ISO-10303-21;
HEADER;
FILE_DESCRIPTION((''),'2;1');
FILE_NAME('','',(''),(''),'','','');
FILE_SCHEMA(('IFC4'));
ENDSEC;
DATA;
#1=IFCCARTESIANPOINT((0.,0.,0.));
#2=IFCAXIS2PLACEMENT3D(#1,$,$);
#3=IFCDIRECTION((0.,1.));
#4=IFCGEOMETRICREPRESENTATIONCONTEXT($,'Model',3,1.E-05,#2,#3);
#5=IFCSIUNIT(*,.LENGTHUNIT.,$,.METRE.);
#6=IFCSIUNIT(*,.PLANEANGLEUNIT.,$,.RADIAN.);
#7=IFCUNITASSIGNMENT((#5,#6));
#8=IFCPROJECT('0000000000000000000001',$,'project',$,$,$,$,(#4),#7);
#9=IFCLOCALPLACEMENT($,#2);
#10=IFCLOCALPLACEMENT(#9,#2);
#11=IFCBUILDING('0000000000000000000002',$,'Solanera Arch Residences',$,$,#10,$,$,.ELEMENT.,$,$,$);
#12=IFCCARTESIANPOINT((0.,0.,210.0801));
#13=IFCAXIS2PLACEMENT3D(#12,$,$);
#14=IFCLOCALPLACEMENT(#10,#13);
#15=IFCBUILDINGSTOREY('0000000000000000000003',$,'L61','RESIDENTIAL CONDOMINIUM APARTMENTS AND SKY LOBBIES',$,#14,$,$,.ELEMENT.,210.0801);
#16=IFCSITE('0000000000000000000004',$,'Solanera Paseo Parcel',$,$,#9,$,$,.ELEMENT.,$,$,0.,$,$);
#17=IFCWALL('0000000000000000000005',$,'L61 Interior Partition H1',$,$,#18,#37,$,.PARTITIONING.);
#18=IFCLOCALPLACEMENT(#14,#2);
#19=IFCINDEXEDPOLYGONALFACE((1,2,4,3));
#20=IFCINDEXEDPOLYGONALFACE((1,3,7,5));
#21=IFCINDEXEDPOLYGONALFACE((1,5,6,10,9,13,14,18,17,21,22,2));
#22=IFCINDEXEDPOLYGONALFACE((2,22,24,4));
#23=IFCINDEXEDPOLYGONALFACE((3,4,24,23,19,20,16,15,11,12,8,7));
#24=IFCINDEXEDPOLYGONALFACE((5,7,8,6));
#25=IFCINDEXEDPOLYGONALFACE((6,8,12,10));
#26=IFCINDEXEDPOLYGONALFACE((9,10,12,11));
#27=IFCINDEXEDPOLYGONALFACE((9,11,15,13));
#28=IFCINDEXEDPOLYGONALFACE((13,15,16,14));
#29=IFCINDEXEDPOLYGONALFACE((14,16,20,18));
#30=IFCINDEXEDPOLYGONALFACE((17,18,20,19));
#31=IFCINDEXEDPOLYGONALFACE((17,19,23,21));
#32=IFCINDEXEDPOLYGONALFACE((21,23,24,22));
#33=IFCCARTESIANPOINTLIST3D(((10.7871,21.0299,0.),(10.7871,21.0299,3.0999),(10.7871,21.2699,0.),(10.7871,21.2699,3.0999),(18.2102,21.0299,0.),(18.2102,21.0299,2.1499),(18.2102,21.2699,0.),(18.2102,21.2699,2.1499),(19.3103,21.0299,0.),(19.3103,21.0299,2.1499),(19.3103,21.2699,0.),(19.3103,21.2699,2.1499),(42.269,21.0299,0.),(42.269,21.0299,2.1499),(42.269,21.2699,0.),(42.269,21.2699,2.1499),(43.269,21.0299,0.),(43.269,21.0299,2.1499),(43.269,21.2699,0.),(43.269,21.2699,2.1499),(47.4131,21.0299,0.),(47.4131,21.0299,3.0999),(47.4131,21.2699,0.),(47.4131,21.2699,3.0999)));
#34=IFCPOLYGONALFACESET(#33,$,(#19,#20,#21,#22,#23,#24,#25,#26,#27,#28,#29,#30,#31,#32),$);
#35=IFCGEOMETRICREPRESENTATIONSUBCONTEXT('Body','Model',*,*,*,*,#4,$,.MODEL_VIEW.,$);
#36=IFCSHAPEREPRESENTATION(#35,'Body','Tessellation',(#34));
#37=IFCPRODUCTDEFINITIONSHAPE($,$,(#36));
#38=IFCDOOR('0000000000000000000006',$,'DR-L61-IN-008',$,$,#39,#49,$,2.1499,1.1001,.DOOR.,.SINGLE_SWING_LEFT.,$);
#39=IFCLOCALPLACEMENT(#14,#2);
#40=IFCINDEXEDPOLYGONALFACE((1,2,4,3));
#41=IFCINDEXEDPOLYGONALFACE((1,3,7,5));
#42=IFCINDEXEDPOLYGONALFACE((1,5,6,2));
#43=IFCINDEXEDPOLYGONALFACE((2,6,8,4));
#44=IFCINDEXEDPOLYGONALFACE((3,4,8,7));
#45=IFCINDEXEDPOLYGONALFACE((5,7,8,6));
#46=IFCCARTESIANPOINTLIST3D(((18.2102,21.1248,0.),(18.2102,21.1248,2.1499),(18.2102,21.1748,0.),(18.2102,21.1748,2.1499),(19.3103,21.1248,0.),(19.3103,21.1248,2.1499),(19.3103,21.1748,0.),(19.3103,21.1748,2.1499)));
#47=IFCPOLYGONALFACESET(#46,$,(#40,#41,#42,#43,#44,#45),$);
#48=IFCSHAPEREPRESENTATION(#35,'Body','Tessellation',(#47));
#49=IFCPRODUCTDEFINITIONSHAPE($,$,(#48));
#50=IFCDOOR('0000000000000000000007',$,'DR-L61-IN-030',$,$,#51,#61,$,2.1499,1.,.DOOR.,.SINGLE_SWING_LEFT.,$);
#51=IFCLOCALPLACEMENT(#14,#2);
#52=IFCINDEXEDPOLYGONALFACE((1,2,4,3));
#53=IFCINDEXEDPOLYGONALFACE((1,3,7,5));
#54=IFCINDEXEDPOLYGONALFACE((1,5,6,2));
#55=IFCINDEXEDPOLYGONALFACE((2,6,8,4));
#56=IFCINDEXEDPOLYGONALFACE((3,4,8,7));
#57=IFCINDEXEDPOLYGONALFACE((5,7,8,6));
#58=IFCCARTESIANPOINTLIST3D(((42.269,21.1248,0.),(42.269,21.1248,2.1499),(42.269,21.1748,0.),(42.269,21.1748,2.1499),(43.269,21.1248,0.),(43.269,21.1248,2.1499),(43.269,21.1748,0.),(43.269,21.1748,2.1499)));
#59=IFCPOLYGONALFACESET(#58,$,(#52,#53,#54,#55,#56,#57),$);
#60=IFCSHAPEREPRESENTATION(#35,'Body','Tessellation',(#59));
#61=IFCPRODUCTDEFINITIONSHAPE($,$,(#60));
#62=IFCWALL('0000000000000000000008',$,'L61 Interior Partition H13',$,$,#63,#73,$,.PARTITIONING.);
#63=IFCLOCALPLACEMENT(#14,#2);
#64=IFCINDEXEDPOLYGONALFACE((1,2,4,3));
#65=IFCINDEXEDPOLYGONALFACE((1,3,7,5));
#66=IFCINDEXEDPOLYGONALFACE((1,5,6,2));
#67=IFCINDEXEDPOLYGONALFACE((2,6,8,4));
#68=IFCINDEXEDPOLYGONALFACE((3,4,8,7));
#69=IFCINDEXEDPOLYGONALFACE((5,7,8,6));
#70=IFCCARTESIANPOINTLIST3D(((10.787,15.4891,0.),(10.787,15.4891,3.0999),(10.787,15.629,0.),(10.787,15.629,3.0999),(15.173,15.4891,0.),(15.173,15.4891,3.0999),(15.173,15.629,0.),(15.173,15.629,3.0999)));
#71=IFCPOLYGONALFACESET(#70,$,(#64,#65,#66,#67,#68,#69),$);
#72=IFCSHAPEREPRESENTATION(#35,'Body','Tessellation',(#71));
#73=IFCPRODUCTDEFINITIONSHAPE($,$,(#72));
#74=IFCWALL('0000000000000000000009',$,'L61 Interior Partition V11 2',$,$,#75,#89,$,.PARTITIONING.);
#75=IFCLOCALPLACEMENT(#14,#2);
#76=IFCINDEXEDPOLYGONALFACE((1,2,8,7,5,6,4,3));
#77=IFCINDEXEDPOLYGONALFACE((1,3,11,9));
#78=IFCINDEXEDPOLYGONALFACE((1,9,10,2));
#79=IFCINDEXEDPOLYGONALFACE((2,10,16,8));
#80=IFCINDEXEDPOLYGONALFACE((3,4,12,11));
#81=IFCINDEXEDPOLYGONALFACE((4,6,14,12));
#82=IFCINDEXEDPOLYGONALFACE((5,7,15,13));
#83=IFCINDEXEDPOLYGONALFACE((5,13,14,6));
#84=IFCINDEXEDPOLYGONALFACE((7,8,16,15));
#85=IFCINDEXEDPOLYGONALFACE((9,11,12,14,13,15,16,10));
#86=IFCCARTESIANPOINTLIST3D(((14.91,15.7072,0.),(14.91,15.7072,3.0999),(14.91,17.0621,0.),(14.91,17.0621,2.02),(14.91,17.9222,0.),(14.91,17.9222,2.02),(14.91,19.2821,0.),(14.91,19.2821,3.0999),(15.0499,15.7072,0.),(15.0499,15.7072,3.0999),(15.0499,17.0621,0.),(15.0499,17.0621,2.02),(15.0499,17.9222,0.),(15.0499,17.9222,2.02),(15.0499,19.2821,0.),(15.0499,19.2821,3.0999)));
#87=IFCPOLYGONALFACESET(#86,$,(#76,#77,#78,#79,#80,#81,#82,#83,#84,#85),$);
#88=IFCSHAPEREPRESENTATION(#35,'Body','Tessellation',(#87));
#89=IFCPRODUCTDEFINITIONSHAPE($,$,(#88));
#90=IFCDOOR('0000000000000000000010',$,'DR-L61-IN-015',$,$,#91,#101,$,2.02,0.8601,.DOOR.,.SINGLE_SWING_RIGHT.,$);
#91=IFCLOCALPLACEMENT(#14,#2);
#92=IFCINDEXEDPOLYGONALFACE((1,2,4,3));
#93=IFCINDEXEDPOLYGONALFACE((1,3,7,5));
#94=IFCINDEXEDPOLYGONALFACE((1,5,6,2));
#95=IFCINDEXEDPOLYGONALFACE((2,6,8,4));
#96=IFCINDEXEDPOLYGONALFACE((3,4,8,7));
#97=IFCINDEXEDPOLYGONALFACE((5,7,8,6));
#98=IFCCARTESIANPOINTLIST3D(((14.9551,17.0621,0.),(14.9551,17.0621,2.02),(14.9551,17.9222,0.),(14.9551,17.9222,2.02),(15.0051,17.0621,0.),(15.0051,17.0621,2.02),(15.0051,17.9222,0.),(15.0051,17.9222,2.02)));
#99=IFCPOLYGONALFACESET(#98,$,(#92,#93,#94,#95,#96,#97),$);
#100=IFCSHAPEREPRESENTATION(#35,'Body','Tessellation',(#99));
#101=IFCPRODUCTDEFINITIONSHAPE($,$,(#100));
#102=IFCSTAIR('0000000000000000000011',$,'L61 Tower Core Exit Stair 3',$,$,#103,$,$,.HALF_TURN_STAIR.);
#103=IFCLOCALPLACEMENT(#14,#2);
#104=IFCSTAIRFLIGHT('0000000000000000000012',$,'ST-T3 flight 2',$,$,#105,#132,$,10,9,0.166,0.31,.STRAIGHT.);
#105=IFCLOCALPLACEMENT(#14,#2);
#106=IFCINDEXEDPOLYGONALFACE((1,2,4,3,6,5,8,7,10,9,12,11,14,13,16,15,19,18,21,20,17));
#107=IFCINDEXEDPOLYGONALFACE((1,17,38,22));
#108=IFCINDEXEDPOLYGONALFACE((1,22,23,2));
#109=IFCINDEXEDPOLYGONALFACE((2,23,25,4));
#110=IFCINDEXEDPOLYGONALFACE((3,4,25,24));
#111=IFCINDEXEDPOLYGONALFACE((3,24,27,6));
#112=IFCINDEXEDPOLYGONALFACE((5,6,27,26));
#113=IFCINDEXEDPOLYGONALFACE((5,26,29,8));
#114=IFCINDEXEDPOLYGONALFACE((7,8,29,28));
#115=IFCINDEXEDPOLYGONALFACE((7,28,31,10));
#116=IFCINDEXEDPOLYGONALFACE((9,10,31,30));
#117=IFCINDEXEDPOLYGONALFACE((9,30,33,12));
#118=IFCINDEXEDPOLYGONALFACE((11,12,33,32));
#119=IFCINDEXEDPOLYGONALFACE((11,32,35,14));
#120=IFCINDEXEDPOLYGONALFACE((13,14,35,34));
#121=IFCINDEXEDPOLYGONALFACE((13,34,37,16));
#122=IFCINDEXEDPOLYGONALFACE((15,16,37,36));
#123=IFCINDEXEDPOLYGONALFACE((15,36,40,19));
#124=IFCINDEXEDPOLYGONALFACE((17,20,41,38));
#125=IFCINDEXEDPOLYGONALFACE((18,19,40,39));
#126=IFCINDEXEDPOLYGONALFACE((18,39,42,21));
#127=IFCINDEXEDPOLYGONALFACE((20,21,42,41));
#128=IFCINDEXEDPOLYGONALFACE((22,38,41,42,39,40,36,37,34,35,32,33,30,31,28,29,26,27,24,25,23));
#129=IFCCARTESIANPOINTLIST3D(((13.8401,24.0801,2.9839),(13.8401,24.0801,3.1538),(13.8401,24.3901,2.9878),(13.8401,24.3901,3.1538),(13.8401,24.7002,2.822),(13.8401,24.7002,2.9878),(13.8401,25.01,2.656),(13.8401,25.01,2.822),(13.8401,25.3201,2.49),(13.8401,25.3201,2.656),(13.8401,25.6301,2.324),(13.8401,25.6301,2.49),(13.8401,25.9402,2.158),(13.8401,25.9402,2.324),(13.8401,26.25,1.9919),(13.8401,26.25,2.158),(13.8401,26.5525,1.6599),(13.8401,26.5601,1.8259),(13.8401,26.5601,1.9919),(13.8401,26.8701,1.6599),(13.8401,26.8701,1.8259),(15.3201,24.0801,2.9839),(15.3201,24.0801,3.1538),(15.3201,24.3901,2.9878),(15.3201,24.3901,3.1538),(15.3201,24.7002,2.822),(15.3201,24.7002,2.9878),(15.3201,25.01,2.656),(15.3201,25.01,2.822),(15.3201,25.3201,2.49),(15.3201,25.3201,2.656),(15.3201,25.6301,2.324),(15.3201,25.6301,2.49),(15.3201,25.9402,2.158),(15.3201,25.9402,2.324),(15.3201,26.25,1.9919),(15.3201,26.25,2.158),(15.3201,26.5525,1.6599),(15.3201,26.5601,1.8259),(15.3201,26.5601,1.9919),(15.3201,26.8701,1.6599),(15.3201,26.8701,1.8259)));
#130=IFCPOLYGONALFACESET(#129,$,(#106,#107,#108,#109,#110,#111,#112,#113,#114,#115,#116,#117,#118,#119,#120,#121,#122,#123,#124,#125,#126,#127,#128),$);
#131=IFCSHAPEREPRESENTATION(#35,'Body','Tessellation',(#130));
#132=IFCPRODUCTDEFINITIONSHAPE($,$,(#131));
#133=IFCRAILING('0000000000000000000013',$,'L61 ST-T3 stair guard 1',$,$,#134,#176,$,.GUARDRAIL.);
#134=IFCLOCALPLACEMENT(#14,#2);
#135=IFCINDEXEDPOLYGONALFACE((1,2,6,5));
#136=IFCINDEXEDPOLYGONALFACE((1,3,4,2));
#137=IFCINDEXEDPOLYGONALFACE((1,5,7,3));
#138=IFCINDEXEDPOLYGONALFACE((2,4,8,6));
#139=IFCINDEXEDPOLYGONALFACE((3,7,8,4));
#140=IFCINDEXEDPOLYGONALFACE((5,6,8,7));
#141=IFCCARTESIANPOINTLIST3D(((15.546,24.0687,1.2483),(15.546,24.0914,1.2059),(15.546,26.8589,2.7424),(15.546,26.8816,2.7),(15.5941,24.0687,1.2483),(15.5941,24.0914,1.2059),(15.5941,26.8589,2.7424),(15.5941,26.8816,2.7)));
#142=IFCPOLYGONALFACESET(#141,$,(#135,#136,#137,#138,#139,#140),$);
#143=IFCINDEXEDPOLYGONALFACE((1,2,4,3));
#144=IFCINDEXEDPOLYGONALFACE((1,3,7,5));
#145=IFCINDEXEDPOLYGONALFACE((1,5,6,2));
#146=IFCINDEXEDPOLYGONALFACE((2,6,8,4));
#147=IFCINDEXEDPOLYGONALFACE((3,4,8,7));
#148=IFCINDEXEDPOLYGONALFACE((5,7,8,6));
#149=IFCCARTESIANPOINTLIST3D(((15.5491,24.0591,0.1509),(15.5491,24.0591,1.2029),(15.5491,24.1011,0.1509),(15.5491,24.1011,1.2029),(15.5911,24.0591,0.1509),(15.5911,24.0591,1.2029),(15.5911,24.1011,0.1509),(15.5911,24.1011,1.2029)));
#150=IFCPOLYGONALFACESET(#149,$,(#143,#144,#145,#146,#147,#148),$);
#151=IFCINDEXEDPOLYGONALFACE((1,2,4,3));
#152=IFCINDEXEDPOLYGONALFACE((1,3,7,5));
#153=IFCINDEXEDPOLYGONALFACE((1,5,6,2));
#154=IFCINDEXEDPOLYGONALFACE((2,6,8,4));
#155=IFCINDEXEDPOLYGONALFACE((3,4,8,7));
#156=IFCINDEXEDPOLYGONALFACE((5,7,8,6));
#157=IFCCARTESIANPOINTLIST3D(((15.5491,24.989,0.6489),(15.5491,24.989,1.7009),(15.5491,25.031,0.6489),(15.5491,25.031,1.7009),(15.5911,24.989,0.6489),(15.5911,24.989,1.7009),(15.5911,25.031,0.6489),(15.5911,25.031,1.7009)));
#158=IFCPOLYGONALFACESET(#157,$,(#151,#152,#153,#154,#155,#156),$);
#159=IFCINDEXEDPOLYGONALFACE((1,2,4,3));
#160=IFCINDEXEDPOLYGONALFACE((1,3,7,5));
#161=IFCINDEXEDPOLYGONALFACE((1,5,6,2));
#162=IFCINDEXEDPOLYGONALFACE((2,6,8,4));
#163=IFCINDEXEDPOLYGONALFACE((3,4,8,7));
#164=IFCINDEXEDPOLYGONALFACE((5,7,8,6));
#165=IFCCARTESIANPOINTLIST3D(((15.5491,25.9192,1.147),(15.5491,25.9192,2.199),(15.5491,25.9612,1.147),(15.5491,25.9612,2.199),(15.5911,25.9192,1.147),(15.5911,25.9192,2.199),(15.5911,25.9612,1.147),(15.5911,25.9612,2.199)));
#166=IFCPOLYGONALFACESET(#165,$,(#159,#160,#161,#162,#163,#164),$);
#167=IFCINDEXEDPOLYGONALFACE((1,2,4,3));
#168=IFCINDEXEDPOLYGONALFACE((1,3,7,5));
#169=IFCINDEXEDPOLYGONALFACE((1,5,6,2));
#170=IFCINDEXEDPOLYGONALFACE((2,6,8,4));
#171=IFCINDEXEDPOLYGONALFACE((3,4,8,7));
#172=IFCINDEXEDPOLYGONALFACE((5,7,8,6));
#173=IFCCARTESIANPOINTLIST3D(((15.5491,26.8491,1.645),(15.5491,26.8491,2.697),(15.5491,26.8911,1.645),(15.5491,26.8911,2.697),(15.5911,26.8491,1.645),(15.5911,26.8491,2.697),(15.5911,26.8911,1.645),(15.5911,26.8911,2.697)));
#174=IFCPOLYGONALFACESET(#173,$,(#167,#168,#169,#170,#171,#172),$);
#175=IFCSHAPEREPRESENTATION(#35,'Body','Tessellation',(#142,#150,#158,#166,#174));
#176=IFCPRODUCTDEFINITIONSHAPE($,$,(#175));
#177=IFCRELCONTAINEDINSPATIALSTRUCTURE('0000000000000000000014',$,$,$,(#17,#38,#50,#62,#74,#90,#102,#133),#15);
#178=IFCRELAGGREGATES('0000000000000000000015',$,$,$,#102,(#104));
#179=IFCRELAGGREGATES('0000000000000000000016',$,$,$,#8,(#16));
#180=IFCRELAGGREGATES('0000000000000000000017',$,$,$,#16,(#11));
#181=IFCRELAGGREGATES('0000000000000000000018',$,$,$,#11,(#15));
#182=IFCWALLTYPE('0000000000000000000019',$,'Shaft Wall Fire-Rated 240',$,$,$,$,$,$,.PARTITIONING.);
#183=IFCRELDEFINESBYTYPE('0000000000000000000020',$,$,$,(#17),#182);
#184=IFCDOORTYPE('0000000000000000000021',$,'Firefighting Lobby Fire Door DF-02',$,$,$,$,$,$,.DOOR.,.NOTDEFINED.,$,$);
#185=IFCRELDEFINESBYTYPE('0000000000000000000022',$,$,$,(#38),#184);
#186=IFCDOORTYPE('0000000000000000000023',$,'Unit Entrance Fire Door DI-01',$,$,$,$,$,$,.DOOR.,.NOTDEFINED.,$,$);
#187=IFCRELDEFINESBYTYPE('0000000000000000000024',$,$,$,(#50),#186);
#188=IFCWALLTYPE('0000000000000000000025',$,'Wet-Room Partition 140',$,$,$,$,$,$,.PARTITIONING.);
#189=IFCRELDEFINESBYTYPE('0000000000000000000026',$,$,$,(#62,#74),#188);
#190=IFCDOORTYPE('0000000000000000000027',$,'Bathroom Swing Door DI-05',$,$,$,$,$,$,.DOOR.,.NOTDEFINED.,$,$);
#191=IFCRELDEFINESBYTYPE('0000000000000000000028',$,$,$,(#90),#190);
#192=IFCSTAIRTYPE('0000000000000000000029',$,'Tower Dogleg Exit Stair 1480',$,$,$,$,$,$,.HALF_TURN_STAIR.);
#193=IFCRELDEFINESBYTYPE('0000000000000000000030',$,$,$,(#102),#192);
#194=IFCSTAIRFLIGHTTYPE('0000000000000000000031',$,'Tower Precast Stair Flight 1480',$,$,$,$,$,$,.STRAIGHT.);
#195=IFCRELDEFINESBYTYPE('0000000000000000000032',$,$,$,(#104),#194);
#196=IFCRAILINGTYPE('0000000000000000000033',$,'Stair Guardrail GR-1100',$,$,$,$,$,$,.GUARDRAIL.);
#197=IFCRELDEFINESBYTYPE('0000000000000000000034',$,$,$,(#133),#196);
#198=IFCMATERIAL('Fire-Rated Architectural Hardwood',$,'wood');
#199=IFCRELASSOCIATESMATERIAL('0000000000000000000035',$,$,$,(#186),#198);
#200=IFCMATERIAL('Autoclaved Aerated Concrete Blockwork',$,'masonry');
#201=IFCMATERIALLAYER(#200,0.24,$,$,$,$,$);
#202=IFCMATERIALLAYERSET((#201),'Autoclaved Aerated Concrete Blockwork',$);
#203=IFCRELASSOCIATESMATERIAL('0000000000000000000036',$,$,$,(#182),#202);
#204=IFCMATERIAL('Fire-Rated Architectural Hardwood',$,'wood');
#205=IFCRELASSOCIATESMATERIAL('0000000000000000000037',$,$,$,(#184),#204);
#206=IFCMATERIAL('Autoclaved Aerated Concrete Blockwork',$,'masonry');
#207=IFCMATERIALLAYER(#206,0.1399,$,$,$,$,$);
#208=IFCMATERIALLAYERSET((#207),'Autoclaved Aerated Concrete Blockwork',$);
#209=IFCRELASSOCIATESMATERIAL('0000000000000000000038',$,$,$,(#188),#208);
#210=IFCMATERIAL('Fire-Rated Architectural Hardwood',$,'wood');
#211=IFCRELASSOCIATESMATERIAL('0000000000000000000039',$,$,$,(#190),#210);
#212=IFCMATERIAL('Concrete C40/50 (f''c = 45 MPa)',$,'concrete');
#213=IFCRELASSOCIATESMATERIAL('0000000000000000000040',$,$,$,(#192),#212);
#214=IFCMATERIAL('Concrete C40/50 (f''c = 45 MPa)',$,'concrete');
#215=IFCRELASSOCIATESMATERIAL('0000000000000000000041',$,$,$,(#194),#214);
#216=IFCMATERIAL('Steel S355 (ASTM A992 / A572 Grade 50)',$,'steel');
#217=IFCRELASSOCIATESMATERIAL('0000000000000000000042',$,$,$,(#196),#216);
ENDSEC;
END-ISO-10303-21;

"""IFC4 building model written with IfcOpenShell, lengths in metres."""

from ifc_helpers import new_model, si_unit, direction, frame, frame_2d, origin, origin_2d, place, context, subcontext, project, spatial, polyline, rectangle, outline, extrude, material, layer, layer_set, type_object, element, fill, aggregate, save


model = new_model("IFC4")

# Units and contexts
model_context = context("Model", 3, precision=1e-05, world=origin(), true_north=direction((0.0, 1.0)))
body_context = subcontext(model_context, "Body", "Model", "MODEL_VIEW")
ifc_project = project(units=[si_unit("LENGTHUNIT", "METRE"), si_unit("PLANEANGLEUNIT", "RADIAN")], contexts=[model_context])

# Site, building, storey
site_placement = place(None, origin())
site = spatial("IfcSite", under=ifc_project, at=site_placement, Name="Solanera Paseo Parcel", CompositionType="ELEMENT", RefElevation=0.0)
building_placement = place(site_placement, origin())
building = spatial("IfcBuilding", under=site, at=building_placement, Name="Solanera Arch Residences", CompositionType="ELEMENT")
storey_placement = place(building_placement, frame((0.0, 0.0, 210.0801)))
storey = spatial("IfcBuildingStorey", under=building, at=storey_placement, Name="L61", Description="RESIDENTIAL CONDOMINIUM APARTMENTS AND SKY LOBBIES", CompositionType="ELEMENT", Elevation=210.0801)

# Wall, openings, doors
ifc_material_1 = material(Name="Fire-Rated Architectural Hardwood", Category="wood")
door_type_1 = type_object("IfcDoorType", Name="Unit Entrance Fire Door DI-01", OperationType="NOTDEFINED", PredefinedType="DOOR", material=ifc_material_1)
ifc_material_2 = material(Name="Autoclaved Aerated Concrete Blockwork", Category="masonry")
ifc_layer_1 = layer(ifc_material_2, 0.24)
ifc_layer_set_1 = layer_set([ifc_layer_1], Name="Autoclaved Aerated Concrete Blockwork")
wall_type_1 = type_object("IfcWallType", Name="Shaft Wall Fire-Rated 240", PredefinedType="PARTITIONING", material=ifc_layer_set_1)
wall_1_placement = place(storey_placement, frame((10.7871, 21.1499, 0.0), z_axis=(0.0, 0.0, 1.0), x_axis=(1.0, 0.0, 0.0)))
wall_1 = element("IfcWall", 1, at=wall_1_placement, inside=storey, type_object=wall_type_1, Name="L61 Interior Partition H1", PredefinedType="PARTITIONING", context=body_context, shape_type="SweptSolid", body=[
    extrude(rectangle(XDim=36.626, YDim=0.24, at=frame_2d((18.313, 0.0))), origin(), (0.0, 0.0, 1.0), 3.0999),
])
opening_1_placement = place(wall_1_placement, frame((7.4231, 0.0, 0.0)))
opening_1 = element("IfcOpeningElement", 2, at=opening_1_placement, cuts=wall_1, PredefinedType="OPENING", context=body_context, shape_type="SweptSolid", body=[
    extrude(rectangle(XDim=1.1001, YDim=2.1499, at=frame_2d((0.55, 1.075))), frame((0.0, 0.1299, 0.0), z_axis=(0.0, -1.0, 0.0), x_axis=(1.0, 0.0, 0.0)), (0.0, 0.0, 1.0), 0.26),
])
opening_2_placement = place(wall_1_placement, frame((31.4819, 0.0, 0.0)))
opening_2 = element("IfcOpeningElement", 3, at=opening_2_placement, cuts=wall_1, PredefinedType="OPENING", context=body_context, shape_type="SweptSolid", body=[
    extrude(rectangle(XDim=1.0, YDim=2.1499, at=frame_2d((0.5, 1.075))), frame((0.0, 0.1299, 0.0), z_axis=(0.0, -1.0, 0.0), x_axis=(1.0, 0.0, 0.0)), (0.0, 0.0, 1.0), 0.26),
])
ifc_material_3 = material(Name="Fire-Rated Architectural Hardwood", Category="wood")
door_type_2 = type_object("IfcDoorType", Name="Firefighting Lobby Fire Door DF-02", OperationType="NOTDEFINED", PredefinedType="DOOR", material=ifc_material_3)
door_1_placement = place(opening_1_placement, origin())
door_1 = element("IfcDoor", 4, at=door_1_placement, inside=storey, type_object=door_type_2, Name="DR-L61-IN-008", OperationType="SINGLE_SWING_LEFT", OverallHeight=2.1499, OverallWidth=1.1001, PredefinedType="DOOR", context=body_context, shape_type="SweptSolid", body=[
    extrude(rectangle(XDim=1.1001, YDim=2.1499, at=frame_2d((0.55, 1.075))), frame((0.0, 0.0249, 0.0), z_axis=(0.0, -1.0, 0.0), x_axis=(1.0, 0.0, 0.0)), (0.0, 0.0, 1.0), 0.05),
])
fill(opening_1, door_1)
door_2_placement = place(opening_2_placement, origin())
door_2 = element("IfcDoor", 5, at=door_2_placement, inside=storey, type_object=door_type_1, Name="DR-L61-IN-030", OperationType="SINGLE_SWING_LEFT", OverallHeight=2.1499, OverallWidth=1.0, PredefinedType="DOOR", context=body_context, shape_type="SweptSolid", body=[
    extrude(rectangle(XDim=1.0, YDim=2.1499, at=frame_2d((0.5, 1.075))), frame((0.0, 0.0249, 0.0), z_axis=(0.0, -1.0, 0.0), x_axis=(1.0, 0.0, 0.0)), (0.0, 0.0, 1.0), 0.05),
])
fill(opening_2, door_2)

# Wall
ifc_material_4 = material(Name="Autoclaved Aerated Concrete Blockwork", Category="masonry")
ifc_layer_2 = layer(ifc_material_4, 0.1399)
ifc_layer_set_2 = layer_set([ifc_layer_2], Name="Autoclaved Aerated Concrete Blockwork")
wall_type_2 = type_object("IfcWallType", Name="Wet-Room Partition 140", PredefinedType="PARTITIONING", material=ifc_layer_set_2)
wall_2_placement = place(storey_placement, frame((10.7871, 15.5591, 0.0), z_axis=(0.0, 0.0, 1.0), x_axis=(1.0, 0.0, 0.0)))
element("IfcWall", 6, at=wall_2_placement, inside=storey, type_object=wall_type_2, Name="L61 Interior Partition H13", PredefinedType="PARTITIONING", context=body_context, shape_type="SweptSolid", body=[
    extrude(rectangle(XDim=4.386, YDim=0.1399, at=frame_2d((2.1929, 0.0))), origin(), (0.0, 0.0, 1.0), 3.0999),
])

# Wall, opening, door
wall_3_placement = place(storey_placement, frame((14.98, 15.707, 0.0), z_axis=(0.0, 0.0, 1.0), x_axis=(0.0, 1.0, 0.0)))
wall_3 = element("IfcWall", 7, at=wall_3_placement, inside=storey, type_object=wall_type_2, Name="L61 Interior Partition V11 2", PredefinedType="PARTITIONING", context=body_context, shape_type="SweptSolid", body=[
    extrude(rectangle(XDim=3.575, YDim=0.1399, at=frame_2d((1.7876, 0.0))), origin(), (0.0, 0.0, 1.0), 3.0999),
])
opening_3_placement = place(wall_3_placement, frame((1.355, 0.0, 0.0)))
opening_3 = element("IfcOpeningElement", 8, at=opening_3_placement, cuts=wall_3, PredefinedType="OPENING", context=body_context, shape_type="SweptSolid", body=[
    extrude(rectangle(XDim=0.8601, YDim=2.02, at=frame_2d((0.4302, 1.01))), frame((0.0, 0.0798, 0.0), z_axis=(0.0, -1.0, 0.0), x_axis=(1.0, 0.0, 0.0)), (0.0, 0.0, 1.0), 0.1599),
])
ifc_material_5 = material(Name="Fire-Rated Architectural Hardwood", Category="wood")
door_type_3 = type_object("IfcDoorType", Name="Bathroom Swing Door DI-05", OperationType="NOTDEFINED", PredefinedType="DOOR", material=ifc_material_5)
door_3_placement = place(opening_3_placement, origin())
door_3 = element("IfcDoor", 9, at=door_3_placement, inside=storey, type_object=door_type_3, Name="DR-L61-IN-015", OperationType="SINGLE_SWING_RIGHT", OverallHeight=2.02, OverallWidth=0.8601, PredefinedType="DOOR", context=body_context, shape_type="SweptSolid", body=[
    extrude(rectangle(XDim=0.8601, YDim=2.02, at=frame_2d((0.4302, 1.01))), frame((0.0, 0.0249, 0.0), z_axis=(0.0, -1.0, 0.0), x_axis=(1.0, 0.0, 0.0)), (0.0, 0.0, 1.0), 0.05),
])
fill(opening_3, door_3)

# Stair, stair flight
ifc_material_6 = material(Name="Concrete C40/50 (f'c = 45 MPa)", Category="concrete")
stair_type = type_object("IfcStairType", Name="Tower Dogleg Exit Stair 1480", PredefinedType="HALF_TURN_STAIR", material=ifc_material_6)
stair_placement = place(storey_placement, origin())
stair = element("IfcStair", 10, at=stair_placement, inside=storey, type_object=stair_type, Name="L61 Tower Core Exit Stair 3", PredefinedType="HALF_TURN_STAIR")
ifc_material_7 = material(Name="Concrete C40/50 (f'c = 45 MPa)", Category="concrete")
stair_flight_type = type_object("IfcStairFlightType", Name="Tower Precast Stair Flight 1480", PredefinedType="STRAIGHT", material=ifc_material_7)
stair_flight_placement = place(storey_placement, frame((14.5801, 26.8701, 1.6599), z_axis=(0.0, 0.0, 1.0), x_axis=(0.0, -1.0, 0.0)))
stair_flight = element("IfcStairFlight", 11, at=stair_flight_placement, type_object=stair_flight_type, Name="ST-T3 flight 2", NumberOfRisers=10, NumberOfTreads=9, PredefinedType="STRAIGHT", RiserHeight=0.166, TreadLength=0.31, context=body_context, shape_type="SweptSolid", body=[
    extrude(outline(polyline([(0.0, 0.0), (0.0, 0.166), (0.3101, 0.166), (0.3101, 0.332), (0.6201, 0.332), (0.6201, 0.498), (0.9299, 0.498), (0.9299, 0.6641), (1.24, 0.6641), (1.24, 0.8301), (1.55, 0.8301), (1.55, 0.9961), (1.8601, 0.9961), (1.8601, 1.1621), (2.1699, 1.1621), (2.1699, 1.3279), (2.48, 1.3279), (2.48, 1.4939), (2.79, 1.4939), (2.79, 1.6599), (2.79, 1.324), (0.3176, 0.0), (0.0, 0.0)])), frame((0.0, 0.74, 0.0), z_axis=(0.0, -1.0, 0.0), x_axis=(1.0, 0.0, 0.0)), (0.0, 0.0, 1.0), 1.48),
])
aggregate(stair, [stair_flight])

# Railing
ifc_material_8 = material(Name="Steel S355 (ASTM A992 / A572 Grade 50)", Category="steel")
railing_type_1 = type_object("IfcRailingType", Name="Stair Guardrail GR-1100", PredefinedType="GUARDRAIL", material=ifc_material_8)
railing_1_placement = place(storey_placement, frame((15.5701, 24.0801, 0.1509)))
element("IfcRailing", 12, at=railing_1_placement, inside=storey, type_object=railing_type_1, Name="L61 ST-T3 stair guard 1", PredefinedType="GUARDRAIL", context=body_context, shape_type="SweptSolid", body=[
    extrude(rectangle(XDim=0.0481, YDim=0.0481, at=origin_2d()), frame((0.0, 0.0, 1.0762), z_axis=(0.0, 0.881549, 0.472093), x_axis=(-1.0, 0.0, 0.0)), (0.0, 0.0, 1.0), 3.165),
    extrude(rectangle(XDim=0.042, YDim=0.042, at=origin_2d()), origin(), (0.0, 0.0, 1.0), 1.052),
    extrude(rectangle(XDim=0.042, YDim=0.042, at=origin_2d()), frame((0.0, 0.9299, 0.498)), (0.0, 0.0, 1.0), 1.052),
    extrude(rectangle(XDim=0.042, YDim=0.042, at=origin_2d()), frame((0.0, 1.8601, 0.9961)), (0.0, 0.0, 1.0), 1.052),
    extrude(rectangle(XDim=0.042, YDim=0.042, at=origin_2d()), frame((0.0, 2.79, 1.4941)), (0.0, 0.0, 1.0), 1.052),
])

save(model, "model.ifc")
